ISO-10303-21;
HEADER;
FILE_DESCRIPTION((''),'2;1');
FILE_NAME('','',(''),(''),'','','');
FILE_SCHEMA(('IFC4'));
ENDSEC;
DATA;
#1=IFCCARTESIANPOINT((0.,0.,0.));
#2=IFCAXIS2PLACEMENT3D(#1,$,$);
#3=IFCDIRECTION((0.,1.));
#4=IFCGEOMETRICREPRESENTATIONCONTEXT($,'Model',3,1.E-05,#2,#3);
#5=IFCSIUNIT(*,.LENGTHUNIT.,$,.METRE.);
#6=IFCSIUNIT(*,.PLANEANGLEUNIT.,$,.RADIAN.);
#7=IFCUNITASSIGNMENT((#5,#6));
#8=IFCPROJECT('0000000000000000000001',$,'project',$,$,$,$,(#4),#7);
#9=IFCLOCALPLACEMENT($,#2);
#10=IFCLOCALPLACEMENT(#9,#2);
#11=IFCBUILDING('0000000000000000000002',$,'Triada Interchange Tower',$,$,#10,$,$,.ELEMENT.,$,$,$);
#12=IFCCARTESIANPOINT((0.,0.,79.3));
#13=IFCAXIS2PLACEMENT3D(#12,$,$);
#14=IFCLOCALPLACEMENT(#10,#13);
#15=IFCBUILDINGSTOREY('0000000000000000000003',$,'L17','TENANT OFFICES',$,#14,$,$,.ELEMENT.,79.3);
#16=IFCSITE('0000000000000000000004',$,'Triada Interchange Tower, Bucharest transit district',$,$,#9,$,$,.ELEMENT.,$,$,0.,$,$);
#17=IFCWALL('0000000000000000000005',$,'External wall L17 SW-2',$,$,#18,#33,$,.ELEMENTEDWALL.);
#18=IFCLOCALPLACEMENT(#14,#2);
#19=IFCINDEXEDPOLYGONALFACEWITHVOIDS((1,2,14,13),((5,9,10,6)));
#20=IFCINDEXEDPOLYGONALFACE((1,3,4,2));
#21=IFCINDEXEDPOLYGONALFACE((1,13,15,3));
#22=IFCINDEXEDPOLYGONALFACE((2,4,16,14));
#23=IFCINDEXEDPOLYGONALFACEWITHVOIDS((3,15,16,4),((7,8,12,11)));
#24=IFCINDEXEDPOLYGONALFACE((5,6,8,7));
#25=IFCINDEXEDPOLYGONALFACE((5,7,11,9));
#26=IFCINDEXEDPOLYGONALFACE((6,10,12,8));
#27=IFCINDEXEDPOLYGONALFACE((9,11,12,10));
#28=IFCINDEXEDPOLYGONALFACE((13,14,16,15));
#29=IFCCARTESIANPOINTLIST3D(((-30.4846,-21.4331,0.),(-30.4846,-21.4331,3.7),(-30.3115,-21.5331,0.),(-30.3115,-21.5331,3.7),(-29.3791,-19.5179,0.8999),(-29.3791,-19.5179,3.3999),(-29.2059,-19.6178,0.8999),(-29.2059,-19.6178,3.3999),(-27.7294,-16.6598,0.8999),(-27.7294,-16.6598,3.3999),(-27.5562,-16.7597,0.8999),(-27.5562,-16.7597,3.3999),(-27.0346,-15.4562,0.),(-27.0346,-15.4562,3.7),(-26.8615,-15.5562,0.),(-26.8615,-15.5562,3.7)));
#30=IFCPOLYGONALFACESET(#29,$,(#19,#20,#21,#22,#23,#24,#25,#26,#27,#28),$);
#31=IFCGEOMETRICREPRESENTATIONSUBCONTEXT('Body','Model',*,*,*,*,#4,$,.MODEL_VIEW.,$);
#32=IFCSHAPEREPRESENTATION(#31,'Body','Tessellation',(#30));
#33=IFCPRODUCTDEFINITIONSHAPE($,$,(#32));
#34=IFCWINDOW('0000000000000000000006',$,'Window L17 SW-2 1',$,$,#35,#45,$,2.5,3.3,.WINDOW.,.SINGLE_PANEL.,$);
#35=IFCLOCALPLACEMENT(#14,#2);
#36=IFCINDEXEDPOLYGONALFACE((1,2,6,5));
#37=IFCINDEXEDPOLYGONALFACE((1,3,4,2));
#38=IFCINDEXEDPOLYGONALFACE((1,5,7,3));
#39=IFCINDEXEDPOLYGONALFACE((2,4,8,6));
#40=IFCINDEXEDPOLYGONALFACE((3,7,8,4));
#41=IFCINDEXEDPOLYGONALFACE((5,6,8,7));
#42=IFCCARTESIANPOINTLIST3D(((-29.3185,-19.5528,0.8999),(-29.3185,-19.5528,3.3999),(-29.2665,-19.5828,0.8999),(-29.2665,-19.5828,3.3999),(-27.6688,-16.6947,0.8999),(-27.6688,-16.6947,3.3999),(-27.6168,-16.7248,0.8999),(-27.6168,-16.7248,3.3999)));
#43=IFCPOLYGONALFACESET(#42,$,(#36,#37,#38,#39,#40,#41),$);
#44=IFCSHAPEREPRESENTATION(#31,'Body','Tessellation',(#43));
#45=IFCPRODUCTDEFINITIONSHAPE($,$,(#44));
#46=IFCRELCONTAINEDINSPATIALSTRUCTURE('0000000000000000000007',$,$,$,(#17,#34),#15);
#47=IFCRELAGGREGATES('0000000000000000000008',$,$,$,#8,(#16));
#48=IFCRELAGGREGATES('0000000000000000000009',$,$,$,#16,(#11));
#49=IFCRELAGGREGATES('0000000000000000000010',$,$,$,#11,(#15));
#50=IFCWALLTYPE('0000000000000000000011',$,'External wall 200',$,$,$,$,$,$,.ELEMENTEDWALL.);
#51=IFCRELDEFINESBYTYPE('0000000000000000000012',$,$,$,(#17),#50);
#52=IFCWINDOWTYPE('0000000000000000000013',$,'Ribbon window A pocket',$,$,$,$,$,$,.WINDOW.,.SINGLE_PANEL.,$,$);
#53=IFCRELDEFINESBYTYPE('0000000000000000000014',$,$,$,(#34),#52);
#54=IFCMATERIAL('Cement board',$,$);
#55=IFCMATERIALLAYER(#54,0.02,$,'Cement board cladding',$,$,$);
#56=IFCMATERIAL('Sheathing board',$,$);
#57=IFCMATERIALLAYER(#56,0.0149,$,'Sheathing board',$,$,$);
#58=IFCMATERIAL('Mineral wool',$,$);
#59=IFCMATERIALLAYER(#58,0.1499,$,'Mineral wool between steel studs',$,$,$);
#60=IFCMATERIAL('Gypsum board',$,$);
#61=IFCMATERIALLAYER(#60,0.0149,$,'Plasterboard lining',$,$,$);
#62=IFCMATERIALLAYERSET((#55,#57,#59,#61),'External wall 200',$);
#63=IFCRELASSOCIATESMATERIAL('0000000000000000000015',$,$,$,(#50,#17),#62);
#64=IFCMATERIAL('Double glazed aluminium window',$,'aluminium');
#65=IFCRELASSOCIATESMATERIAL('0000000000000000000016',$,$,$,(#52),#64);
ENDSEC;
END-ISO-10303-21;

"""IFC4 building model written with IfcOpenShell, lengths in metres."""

from ifc_helpers import new_model, si_unit, direction, frame, frame_2d, origin, place, context, subcontext, project, spatial, rectangle, extrude, material, layer, layer_set, layer_usage, type_object, element, fill, save


model = new_model("IFC4")

# Units and contexts
model_context = context("Model", 3, precision=1e-05, world=origin(), true_north=direction((0.0, 1.0)))
body_context = subcontext(model_context, "Body", "Model", "MODEL_VIEW")
ifc_project = project(units=[si_unit("LENGTHUNIT", "METRE"), si_unit("PLANEANGLEUNIT", "RADIAN")], contexts=[model_context])

# Site, building, storey
site_placement = place(None, origin())
site = spatial("IfcSite", under=ifc_project, at=site_placement, Name="Triada Interchange Tower, Bucharest transit district", CompositionType="ELEMENT", RefElevation=0.0)
building_placement = place(site_placement, origin())
building = spatial("IfcBuilding", under=site, at=building_placement, Name="Triada Interchange Tower", CompositionType="ELEMENT")
storey_placement = place(building_placement, frame((0.0, 0.0, 79.3)))
storey = spatial("IfcBuildingStorey", under=building, at=storey_placement, Name="L17", Description="TENANT OFFICES", CompositionType="ELEMENT", Elevation=79.3)

# Wall, opening, window
ifc_material_1 = material(Name="Cement board")
ifc_layer_1 = layer(ifc_material_1, 0.02, Name="Cement board cladding")
ifc_material_2 = material(Name="Sheathing board")
ifc_layer_2 = layer(ifc_material_2, 0.0149, Name="Sheathing board")
ifc_material_3 = material(Name="Mineral wool")
ifc_layer_3 = layer(ifc_material_3, 0.1499, Name="Mineral wool between steel studs")
ifc_material_4 = material(Name="Gypsum board")
ifc_layer_4 = layer(ifc_material_4, 0.0149, Name="Plasterboard lining")
ifc_layer_set_1 = layer_set([ifc_layer_1, ifc_layer_2, ifc_layer_3, ifc_layer_4], Name="External wall 200")
ifc_layer_usage = layer_usage(ifc_layer_set_1, "AXIS2", "POSITIVE", -0.1001)
wall_type_1 = type_object("IfcWallType", Name="External wall 200", PredefinedType="ELEMENTEDWALL", material=ifc_layer_set_1)
ifc_material_5 = material(Name="Double glazed aluminium window", Category="aluminium")
window_type_1 = type_object("IfcWindowType", Name="Ribbon window A pocket", PartitioningType="SINGLE_PANEL", PredefinedType="WINDOW", material=ifc_material_5)
wall_1_placement = place(storey_placement, frame((-26.948, -15.5061, 0.0), z_axis=(0.0, 0.0, 1.0), x_axis=(-0.499917, -0.866073, 0.0)))
wall_1 = element("IfcWall", 1, at=wall_1_placement, inside=storey, type_object=wall_type_1, material=ifc_layer_usage, Name="External wall L17 SW-2", PredefinedType="ELEMENTEDWALL", context=body_context, shape_type="SweptSolid", body=[
    extrude(rectangle(XDim=6.9011, YDim=0.2, at=frame_2d((3.4507, 0.0))), origin(), (0.0, 0.0, 1.0), 3.7),
])
opening_1_placement = place(wall_1_placement, frame((1.3899, 0.0, 0.8999)))
opening_1 = element("IfcOpeningElement", 2, at=opening_1_placement, cuts=wall_1, PredefinedType="OPENING", context=body_context, shape_type="SweptSolid", body=[
    extrude(rectangle(XDim=3.3, YDim=2.5, at=frame_2d((1.6499, 1.25))), frame((0.0, 0.1099, 0.0), z_axis=(0.0, -1.0, 0.0), x_axis=(1.0, 0.0, 0.0)), (0.0, 0.0, 1.0), 0.22),
])
window_1_placement = place(opening_1_placement, origin())
window_1 = element("IfcWindow", 3, at=window_1_placement, inside=storey, type_object=window_type_1, Name="Window L17 SW-2 1", OverallHeight=2.5, OverallWidth=3.3, PartitioningType="SINGLE_PANEL", PredefinedType="WINDOW", context=body_context, shape_type="SweptSolid", body=[
    extrude(rectangle(XDim=3.3, YDim=2.5, at=frame_2d((1.6499, 1.25))), frame((0.0, 0.03, 0.0), z_axis=(0.0, -1.0, 0.0), x_axis=(1.0, 0.0, 0.0)), (0.0, 0.0, 1.0), 0.0601),
])
fill(opening_1, window_1)

save(model, "model.ifc")
